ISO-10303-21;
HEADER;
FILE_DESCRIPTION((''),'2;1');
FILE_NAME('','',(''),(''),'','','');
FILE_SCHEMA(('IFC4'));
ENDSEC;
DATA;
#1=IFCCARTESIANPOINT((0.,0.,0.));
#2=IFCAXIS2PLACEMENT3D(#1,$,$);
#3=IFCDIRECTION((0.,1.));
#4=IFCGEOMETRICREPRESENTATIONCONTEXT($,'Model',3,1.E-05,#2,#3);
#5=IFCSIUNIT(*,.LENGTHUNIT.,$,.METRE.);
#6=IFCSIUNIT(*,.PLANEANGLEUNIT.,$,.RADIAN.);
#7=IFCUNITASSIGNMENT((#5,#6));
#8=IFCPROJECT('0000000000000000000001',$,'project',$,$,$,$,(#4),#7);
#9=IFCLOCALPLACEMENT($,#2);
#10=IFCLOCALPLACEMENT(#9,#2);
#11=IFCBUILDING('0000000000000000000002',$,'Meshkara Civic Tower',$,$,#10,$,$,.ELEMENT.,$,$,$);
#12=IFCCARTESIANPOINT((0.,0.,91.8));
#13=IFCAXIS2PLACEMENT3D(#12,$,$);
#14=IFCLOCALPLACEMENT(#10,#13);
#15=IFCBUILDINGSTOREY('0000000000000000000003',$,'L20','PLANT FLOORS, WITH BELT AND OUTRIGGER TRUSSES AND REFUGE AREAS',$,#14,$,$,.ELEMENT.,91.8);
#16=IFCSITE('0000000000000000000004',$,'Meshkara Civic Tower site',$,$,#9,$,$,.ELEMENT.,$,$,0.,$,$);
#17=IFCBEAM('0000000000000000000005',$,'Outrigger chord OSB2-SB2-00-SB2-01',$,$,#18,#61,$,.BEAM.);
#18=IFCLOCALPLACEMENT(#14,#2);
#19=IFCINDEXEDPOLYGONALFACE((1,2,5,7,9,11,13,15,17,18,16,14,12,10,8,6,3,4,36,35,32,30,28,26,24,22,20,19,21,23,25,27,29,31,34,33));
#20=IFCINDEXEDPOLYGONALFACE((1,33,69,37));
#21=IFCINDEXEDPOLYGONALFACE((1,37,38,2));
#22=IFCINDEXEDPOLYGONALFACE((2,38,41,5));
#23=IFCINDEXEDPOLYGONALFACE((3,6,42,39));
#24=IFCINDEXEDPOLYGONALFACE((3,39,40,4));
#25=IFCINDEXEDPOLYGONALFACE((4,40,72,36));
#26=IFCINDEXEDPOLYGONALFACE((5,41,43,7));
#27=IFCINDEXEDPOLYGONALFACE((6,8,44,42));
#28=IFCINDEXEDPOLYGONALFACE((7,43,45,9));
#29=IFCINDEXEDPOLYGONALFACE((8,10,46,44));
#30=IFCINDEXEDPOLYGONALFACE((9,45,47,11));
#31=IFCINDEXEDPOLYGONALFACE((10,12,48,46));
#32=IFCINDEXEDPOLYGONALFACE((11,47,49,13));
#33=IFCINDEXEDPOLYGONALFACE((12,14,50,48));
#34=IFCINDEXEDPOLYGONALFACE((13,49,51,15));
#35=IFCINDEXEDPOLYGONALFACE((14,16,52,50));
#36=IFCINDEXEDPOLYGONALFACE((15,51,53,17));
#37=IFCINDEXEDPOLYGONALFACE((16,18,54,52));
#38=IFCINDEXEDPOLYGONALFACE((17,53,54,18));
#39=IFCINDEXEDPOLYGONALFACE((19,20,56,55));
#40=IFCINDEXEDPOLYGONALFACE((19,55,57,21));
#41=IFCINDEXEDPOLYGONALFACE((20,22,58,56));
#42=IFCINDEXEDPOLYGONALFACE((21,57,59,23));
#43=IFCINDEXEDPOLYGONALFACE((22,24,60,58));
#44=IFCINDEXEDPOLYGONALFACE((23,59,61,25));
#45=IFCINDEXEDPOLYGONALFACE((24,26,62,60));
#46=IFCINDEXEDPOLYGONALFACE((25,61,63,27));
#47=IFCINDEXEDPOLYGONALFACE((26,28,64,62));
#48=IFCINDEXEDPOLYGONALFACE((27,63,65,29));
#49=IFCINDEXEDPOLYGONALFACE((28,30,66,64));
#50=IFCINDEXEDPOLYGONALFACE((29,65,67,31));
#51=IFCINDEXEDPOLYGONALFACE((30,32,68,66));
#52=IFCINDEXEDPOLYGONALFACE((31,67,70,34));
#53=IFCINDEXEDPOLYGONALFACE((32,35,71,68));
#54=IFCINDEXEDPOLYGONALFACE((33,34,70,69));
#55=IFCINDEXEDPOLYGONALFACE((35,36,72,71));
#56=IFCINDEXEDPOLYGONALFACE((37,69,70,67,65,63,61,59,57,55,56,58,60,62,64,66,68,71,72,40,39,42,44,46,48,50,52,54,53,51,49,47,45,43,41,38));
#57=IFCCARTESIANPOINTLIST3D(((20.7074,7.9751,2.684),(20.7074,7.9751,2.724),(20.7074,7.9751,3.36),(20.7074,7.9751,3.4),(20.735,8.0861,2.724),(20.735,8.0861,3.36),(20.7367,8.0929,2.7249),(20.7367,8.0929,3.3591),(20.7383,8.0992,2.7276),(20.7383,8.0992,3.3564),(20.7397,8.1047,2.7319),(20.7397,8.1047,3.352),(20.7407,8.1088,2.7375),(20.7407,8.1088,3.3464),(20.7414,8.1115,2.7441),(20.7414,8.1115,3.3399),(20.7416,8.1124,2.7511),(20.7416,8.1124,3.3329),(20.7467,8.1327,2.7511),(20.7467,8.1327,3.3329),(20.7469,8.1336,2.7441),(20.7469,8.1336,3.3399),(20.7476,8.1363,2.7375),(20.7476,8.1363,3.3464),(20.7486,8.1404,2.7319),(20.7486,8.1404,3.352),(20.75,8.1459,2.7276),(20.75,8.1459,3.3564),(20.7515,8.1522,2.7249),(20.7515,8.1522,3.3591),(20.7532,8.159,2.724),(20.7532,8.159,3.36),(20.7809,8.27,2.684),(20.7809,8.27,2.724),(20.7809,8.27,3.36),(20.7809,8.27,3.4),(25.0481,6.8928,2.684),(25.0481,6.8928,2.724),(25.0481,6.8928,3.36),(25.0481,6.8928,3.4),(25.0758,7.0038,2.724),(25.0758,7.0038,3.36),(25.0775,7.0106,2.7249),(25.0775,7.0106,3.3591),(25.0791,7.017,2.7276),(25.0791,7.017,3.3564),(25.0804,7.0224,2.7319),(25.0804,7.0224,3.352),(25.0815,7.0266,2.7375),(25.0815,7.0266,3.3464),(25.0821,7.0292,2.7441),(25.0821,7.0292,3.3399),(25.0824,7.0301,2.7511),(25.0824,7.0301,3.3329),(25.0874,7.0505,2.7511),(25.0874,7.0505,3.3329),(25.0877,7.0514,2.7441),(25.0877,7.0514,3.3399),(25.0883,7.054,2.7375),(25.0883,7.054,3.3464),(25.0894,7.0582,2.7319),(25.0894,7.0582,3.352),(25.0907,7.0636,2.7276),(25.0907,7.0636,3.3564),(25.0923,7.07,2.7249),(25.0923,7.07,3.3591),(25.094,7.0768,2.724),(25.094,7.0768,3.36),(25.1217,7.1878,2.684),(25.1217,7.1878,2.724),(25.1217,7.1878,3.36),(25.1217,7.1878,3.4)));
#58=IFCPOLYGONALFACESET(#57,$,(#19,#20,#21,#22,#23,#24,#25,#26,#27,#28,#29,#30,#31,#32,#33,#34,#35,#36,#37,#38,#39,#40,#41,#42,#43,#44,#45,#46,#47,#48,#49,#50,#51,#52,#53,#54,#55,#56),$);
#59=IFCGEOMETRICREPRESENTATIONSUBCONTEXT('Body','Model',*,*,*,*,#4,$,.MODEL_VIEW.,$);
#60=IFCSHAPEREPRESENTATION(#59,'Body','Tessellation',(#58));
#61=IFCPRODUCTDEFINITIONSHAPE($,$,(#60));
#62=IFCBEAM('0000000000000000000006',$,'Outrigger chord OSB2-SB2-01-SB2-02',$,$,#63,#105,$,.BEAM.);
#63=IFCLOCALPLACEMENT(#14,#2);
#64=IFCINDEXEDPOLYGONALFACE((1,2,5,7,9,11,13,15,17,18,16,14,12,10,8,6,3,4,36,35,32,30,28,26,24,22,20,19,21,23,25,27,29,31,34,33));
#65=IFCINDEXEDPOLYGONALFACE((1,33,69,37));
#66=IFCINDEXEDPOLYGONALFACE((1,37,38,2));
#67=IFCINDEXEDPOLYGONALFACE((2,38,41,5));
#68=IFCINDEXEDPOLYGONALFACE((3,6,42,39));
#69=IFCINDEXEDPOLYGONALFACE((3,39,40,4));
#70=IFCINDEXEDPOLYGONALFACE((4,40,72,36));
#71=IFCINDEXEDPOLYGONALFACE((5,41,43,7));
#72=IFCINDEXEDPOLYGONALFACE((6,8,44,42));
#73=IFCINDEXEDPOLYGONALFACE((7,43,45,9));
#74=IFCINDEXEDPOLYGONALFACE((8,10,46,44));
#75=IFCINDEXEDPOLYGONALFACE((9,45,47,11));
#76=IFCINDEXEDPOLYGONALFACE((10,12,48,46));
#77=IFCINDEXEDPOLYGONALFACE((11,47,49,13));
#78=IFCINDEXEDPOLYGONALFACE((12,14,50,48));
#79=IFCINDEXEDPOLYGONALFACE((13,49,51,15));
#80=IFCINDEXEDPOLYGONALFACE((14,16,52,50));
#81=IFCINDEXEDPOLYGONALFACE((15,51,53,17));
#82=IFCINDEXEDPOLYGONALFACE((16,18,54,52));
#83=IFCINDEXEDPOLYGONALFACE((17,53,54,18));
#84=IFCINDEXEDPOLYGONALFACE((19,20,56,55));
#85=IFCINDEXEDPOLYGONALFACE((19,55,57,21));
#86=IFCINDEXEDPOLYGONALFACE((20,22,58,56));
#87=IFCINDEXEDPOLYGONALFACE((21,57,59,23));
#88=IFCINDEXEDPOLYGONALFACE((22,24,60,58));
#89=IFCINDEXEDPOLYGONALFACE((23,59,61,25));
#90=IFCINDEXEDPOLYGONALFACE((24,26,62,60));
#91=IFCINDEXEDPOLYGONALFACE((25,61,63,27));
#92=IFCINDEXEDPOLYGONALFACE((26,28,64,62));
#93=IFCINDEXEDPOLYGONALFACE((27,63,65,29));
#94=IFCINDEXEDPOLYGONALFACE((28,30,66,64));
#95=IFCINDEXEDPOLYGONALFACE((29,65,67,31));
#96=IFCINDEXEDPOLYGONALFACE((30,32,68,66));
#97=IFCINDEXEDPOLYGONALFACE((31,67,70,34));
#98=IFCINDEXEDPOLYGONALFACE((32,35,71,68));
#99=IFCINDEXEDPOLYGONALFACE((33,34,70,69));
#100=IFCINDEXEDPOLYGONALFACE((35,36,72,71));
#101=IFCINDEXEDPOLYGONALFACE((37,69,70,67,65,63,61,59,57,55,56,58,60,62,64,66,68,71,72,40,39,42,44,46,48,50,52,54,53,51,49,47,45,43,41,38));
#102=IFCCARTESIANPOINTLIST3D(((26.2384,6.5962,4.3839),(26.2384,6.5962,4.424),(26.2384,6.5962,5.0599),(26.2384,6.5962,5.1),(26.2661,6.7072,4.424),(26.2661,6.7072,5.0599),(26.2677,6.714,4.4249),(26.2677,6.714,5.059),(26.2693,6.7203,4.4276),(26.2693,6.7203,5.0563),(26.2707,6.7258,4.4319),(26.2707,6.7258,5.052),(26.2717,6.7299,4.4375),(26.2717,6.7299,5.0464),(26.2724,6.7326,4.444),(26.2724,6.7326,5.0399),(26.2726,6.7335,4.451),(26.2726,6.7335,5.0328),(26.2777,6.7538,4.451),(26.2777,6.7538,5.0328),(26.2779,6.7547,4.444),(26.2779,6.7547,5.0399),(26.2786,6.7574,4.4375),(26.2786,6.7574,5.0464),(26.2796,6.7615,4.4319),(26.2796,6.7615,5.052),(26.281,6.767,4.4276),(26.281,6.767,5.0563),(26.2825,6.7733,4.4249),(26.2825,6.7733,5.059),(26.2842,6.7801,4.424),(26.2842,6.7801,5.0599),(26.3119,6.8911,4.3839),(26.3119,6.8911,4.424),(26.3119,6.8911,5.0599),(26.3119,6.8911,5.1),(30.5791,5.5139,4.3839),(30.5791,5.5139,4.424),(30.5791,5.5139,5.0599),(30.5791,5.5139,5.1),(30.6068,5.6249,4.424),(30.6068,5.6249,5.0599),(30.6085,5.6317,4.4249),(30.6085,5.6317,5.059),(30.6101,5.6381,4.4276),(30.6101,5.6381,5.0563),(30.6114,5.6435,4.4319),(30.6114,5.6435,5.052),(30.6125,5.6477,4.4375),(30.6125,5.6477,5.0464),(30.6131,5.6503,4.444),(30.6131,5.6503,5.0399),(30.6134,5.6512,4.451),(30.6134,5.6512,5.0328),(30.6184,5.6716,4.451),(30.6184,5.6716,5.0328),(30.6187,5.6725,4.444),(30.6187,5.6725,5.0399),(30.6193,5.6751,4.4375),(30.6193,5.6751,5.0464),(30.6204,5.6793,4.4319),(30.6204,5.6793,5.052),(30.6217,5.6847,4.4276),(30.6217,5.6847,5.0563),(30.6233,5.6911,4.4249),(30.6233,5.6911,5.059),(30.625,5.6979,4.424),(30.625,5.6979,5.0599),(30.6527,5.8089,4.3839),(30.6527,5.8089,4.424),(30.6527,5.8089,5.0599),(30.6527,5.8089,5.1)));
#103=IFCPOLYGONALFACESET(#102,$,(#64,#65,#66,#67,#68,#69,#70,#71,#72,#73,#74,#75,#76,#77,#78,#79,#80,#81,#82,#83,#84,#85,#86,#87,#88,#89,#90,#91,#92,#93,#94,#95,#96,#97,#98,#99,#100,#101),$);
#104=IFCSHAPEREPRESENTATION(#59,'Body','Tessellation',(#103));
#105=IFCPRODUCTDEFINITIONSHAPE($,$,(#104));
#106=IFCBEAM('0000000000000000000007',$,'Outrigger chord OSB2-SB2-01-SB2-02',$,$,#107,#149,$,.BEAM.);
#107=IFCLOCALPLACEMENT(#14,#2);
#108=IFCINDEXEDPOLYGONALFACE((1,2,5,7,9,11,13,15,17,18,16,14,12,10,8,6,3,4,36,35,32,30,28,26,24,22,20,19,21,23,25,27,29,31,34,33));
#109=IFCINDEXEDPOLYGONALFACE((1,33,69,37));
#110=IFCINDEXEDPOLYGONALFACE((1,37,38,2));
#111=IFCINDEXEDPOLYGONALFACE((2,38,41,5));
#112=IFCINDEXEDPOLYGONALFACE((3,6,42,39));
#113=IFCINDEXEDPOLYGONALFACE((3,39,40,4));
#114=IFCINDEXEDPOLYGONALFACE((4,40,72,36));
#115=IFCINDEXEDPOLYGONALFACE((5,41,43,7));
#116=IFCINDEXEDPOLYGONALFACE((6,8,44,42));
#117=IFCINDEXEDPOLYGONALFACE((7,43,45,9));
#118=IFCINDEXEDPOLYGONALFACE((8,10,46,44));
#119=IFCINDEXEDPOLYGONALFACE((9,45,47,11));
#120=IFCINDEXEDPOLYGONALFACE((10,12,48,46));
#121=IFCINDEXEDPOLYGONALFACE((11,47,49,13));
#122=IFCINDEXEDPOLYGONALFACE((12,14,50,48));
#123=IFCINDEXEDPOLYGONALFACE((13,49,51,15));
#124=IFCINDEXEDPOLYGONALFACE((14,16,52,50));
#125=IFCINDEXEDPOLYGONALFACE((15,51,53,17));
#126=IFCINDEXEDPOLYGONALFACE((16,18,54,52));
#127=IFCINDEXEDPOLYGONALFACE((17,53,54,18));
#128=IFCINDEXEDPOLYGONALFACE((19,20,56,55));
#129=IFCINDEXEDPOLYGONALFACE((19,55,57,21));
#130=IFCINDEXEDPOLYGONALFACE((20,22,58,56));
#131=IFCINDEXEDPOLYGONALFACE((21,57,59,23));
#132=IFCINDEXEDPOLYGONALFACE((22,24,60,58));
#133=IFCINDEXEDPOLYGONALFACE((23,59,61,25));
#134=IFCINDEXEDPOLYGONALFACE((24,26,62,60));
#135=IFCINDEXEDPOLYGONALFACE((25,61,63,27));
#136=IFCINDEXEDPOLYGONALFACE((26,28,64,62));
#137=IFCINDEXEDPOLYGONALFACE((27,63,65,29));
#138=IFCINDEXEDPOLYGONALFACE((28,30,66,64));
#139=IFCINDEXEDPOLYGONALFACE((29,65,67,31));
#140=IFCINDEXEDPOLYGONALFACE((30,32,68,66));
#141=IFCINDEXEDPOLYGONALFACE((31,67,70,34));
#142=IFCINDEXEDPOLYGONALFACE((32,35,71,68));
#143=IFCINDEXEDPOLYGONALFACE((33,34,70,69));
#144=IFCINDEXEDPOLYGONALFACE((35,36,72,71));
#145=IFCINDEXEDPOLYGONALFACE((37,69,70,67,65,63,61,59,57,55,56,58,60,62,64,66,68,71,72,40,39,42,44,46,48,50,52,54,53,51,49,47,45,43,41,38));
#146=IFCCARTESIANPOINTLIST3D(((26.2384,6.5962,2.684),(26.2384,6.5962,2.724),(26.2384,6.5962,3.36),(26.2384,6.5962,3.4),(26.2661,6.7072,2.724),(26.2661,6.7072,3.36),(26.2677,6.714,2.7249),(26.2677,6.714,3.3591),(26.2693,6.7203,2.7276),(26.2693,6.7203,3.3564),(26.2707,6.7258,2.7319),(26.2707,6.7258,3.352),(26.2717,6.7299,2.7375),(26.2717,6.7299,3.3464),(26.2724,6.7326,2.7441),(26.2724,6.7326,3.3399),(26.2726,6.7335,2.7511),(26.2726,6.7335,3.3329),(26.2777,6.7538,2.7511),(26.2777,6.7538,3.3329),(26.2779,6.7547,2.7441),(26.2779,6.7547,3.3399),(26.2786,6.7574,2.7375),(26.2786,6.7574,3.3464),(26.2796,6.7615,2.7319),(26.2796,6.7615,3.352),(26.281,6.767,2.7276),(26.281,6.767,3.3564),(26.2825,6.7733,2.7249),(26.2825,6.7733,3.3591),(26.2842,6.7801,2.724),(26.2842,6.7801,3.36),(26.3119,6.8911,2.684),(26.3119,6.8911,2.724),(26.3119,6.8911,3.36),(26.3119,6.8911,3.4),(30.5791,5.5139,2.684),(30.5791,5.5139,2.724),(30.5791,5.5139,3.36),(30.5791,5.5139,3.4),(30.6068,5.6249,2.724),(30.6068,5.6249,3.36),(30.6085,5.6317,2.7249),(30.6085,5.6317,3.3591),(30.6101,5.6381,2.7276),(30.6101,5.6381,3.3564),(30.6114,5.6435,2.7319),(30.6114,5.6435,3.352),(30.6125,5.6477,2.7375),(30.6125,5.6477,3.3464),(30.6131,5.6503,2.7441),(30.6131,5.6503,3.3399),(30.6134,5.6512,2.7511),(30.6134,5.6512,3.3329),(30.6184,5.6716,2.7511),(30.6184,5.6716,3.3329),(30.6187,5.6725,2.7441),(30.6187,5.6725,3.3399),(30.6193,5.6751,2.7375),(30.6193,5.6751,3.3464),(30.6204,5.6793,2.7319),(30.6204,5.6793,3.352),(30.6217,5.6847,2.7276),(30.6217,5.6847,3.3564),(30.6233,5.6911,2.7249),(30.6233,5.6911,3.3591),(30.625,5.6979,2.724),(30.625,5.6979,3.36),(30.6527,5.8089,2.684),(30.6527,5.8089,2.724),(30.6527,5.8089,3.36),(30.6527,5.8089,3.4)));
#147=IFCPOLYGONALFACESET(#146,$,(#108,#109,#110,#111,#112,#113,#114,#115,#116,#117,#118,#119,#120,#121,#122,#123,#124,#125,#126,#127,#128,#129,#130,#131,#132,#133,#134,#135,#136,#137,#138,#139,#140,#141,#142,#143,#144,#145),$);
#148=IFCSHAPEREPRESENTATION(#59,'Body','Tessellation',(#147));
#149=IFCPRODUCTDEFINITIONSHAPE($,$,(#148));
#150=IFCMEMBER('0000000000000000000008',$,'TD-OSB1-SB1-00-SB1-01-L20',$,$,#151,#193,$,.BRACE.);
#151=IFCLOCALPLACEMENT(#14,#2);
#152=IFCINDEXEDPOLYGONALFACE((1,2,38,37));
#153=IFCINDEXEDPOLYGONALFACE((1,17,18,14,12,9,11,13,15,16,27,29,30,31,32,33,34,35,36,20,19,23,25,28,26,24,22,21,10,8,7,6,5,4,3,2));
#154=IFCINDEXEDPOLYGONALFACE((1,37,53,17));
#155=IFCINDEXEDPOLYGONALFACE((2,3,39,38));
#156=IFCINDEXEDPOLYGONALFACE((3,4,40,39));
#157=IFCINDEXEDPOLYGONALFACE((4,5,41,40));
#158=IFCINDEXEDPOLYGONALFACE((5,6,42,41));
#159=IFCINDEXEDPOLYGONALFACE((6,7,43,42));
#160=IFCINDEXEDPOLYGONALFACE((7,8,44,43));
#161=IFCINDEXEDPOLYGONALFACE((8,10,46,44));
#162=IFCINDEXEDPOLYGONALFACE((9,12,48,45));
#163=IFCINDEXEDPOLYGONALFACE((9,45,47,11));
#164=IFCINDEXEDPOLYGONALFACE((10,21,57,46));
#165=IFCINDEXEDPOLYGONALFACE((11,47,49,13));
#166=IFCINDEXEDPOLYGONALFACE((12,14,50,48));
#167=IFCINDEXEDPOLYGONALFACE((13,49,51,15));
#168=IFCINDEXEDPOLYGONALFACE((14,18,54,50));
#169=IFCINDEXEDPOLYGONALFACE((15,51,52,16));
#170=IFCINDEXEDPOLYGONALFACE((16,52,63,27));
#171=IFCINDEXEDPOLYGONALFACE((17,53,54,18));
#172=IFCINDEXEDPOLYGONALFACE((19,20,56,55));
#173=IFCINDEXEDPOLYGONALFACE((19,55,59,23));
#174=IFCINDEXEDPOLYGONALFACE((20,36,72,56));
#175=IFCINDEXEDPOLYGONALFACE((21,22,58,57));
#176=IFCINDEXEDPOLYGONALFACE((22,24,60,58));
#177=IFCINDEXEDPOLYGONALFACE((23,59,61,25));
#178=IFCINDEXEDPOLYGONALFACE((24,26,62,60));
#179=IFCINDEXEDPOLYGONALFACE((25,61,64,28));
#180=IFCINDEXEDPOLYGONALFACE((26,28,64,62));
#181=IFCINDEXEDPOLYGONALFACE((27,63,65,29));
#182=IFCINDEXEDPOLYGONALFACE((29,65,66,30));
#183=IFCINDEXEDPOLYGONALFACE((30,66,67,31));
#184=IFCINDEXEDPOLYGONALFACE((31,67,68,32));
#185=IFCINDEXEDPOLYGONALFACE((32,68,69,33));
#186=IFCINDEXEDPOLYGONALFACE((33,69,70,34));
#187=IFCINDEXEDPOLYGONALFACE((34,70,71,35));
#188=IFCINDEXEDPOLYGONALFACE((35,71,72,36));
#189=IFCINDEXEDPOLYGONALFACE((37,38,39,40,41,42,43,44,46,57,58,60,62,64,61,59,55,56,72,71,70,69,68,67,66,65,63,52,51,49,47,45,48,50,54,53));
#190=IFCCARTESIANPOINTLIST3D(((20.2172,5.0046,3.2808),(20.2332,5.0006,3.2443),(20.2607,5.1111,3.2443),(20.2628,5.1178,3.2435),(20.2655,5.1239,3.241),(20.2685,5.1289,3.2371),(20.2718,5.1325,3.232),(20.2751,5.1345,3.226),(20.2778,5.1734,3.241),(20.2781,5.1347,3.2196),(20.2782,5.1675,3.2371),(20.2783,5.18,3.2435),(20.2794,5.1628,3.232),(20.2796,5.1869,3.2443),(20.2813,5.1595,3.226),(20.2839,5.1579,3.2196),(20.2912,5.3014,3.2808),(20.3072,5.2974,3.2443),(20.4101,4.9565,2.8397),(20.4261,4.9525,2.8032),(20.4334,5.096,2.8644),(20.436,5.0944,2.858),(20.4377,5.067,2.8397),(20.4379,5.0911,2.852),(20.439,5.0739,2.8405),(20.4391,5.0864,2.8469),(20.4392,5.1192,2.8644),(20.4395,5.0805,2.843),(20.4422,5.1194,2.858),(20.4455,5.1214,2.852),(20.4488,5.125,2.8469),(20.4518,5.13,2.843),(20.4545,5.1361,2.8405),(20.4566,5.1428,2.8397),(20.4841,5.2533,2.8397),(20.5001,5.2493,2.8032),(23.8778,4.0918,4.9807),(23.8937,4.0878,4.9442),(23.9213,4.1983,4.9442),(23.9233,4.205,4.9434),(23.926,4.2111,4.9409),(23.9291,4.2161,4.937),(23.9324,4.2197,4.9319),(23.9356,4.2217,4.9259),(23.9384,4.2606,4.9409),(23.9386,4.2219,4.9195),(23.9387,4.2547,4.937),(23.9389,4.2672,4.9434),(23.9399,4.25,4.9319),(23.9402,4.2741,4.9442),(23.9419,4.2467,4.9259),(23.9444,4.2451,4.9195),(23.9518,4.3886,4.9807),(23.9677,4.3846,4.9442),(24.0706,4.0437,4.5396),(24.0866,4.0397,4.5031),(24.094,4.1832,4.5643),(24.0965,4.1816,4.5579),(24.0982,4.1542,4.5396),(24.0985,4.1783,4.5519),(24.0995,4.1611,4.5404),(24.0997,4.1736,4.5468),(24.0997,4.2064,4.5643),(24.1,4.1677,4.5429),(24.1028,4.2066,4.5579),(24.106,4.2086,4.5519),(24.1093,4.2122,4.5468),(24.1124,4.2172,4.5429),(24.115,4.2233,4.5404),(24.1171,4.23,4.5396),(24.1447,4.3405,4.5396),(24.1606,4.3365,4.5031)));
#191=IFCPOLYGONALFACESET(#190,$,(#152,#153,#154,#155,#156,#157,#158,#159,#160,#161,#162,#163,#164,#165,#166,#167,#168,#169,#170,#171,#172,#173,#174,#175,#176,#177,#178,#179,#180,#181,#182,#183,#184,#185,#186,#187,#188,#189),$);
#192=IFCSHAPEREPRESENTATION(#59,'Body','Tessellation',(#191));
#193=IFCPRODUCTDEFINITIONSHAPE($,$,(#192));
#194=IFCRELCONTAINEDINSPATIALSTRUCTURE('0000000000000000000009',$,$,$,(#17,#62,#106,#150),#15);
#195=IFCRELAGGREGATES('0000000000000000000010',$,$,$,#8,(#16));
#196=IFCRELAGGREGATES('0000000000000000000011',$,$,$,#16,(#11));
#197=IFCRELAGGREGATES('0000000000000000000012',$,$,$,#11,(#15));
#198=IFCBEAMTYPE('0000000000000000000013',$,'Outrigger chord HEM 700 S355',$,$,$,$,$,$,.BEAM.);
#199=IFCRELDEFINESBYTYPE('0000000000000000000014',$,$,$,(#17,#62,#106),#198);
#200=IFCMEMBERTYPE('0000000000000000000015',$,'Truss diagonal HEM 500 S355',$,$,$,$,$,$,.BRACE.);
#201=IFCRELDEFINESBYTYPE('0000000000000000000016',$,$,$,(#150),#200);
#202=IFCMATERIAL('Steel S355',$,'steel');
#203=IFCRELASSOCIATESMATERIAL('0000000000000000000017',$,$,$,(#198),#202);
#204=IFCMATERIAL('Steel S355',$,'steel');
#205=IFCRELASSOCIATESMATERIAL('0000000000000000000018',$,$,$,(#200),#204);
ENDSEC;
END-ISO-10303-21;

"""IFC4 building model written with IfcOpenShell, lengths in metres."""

from ifc_helpers import new_model, si_unit, direction, frame, origin, origin_2d, place, context, subcontext, project, spatial, i_section, extrude, material, material_profile, profile_set, type_object, element, save


model = new_model("IFC4")

# Units and contexts
model_context = context("Model", 3, precision=1e-05, world=origin(), true_north=direction((0.0, 1.0)))
body_context = subcontext(model_context, "Body", "Model", "MODEL_VIEW")
ifc_project = project(units=[si_unit("LENGTHUNIT", "METRE"), si_unit("PLANEANGLEUNIT", "RADIAN")], contexts=[model_context])

# Site, building, storey
site_placement = place(None, origin())
site = spatial("IfcSite", under=ifc_project, at=site_placement, Name="Meshkara Civic Tower site", CompositionType="ELEMENT", RefElevation=0.0)
building_placement = place(site_placement, origin())
building = spatial("IfcBuilding", under=site, at=building_placement, Name="Meshkara Civic Tower", CompositionType="ELEMENT")
storey_placement = place(building_placement, frame((0.0, 0.0, 91.8)))
storey = spatial("IfcBuildingStorey", under=building, at=storey_placement, Name="L20", Description="PLANT FLOORS, WITH BELT AND OUTRIGGER TRUSSES AND REFUGE AREAS", CompositionType="ELEMENT", Elevation=91.8)

# Beams
ifc_material_1 = material(Name="Steel S355", Category="steel")
ifc_material_profile_1 = material_profile(ifc_material_1, i_section(OverallWidth=0.304, OverallDepth=0.7161, WebThickness=0.021, FlangeThickness=0.04, FilletRadius=0.0271, at=origin_2d()))
ifc_profile_set_1 = profile_set([ifc_material_profile_1], Name="Steel S355")
beam_type_1 = type_object("IfcBeamType", Name="Outrigger chord HEM 700 S355", PredefinedType="BEAM", material=ifc_profile_set_1)
for number, where, z_axis, x_axis, name in (
    (1, (20.7441, 8.1226, 3.042), (0.970296, -0.241919, 0.0), (0.241919, 0.970296, 0.0), "Outrigger chord OSB2-SB2-00-SB2-01"),
    (2, (26.2751, 6.7437, 4.7419), (0.970296, -0.241919, 0.0), (0.241919, 0.970296, 0.0), "Outrigger chord OSB2-SB2-01-SB2-02"),
    (3, (26.2751, 6.7437, 3.042), (0.970296, -0.241919, 0.0), (0.241919, 0.970296, 0.0), "Outrigger chord OSB2-SB2-01-SB2-02"),
):
    element("IfcBeam", number, at=place(storey_placement, frame(where, z_axis=z_axis, x_axis=x_axis)), inside=storey, type_object=beam_type_1, Name=name, PredefinedType="BEAM", context=body_context, shape_type="SweptSolid", body=[
        extrude(i_section(OverallWidth=0.304, OverallDepth=0.7161, WebThickness=0.021, FlangeThickness=0.04, FilletRadius=0.0271, at=origin_2d()), origin(), (0.0, 0.0, 1.0), 4.4736),
    ])

# Member
ifc_material_2 = material(Name="Steel S355", Category="steel")
ifc_material_profile_2 = material_profile(ifc_material_2, i_section(OverallWidth=0.3059, OverallDepth=0.5239, WebThickness=0.0239, FlangeThickness=0.04, FilletRadius=0.0271, at=origin_2d()))
ifc_profile_set_2 = profile_set([ifc_material_profile_2], Name="Steel S355")
member_type_1 = type_object("IfcMemberType", Name="Truss diagonal HEM 500 S355", PredefinedType="BRACE", material=ifc_profile_set_2)
member_1_placement = place(storey_placement, frame((20.3586, 5.127, 3.042), z_axis=(0.884631, -0.220597, 0.41081), x_axis=(0.241957, 0.970287, 0.0)))
element("IfcMember", 4, at=member_1_placement, inside=storey, type_object=member_type_1, Name="TD-OSB1-SB1-00-SB1-01-L20", PredefinedType="BRACE", context=body_context, shape_type="SweptSolid", body=[
    extrude(i_section(OverallWidth=0.3059, OverallDepth=0.5239, WebThickness=0.0239, FlangeThickness=0.04, FilletRadius=0.0271, at=origin_2d()), origin(), (0.0, 0.0, 1.0), 4.1379),
])

save(model, "model.ifc")
